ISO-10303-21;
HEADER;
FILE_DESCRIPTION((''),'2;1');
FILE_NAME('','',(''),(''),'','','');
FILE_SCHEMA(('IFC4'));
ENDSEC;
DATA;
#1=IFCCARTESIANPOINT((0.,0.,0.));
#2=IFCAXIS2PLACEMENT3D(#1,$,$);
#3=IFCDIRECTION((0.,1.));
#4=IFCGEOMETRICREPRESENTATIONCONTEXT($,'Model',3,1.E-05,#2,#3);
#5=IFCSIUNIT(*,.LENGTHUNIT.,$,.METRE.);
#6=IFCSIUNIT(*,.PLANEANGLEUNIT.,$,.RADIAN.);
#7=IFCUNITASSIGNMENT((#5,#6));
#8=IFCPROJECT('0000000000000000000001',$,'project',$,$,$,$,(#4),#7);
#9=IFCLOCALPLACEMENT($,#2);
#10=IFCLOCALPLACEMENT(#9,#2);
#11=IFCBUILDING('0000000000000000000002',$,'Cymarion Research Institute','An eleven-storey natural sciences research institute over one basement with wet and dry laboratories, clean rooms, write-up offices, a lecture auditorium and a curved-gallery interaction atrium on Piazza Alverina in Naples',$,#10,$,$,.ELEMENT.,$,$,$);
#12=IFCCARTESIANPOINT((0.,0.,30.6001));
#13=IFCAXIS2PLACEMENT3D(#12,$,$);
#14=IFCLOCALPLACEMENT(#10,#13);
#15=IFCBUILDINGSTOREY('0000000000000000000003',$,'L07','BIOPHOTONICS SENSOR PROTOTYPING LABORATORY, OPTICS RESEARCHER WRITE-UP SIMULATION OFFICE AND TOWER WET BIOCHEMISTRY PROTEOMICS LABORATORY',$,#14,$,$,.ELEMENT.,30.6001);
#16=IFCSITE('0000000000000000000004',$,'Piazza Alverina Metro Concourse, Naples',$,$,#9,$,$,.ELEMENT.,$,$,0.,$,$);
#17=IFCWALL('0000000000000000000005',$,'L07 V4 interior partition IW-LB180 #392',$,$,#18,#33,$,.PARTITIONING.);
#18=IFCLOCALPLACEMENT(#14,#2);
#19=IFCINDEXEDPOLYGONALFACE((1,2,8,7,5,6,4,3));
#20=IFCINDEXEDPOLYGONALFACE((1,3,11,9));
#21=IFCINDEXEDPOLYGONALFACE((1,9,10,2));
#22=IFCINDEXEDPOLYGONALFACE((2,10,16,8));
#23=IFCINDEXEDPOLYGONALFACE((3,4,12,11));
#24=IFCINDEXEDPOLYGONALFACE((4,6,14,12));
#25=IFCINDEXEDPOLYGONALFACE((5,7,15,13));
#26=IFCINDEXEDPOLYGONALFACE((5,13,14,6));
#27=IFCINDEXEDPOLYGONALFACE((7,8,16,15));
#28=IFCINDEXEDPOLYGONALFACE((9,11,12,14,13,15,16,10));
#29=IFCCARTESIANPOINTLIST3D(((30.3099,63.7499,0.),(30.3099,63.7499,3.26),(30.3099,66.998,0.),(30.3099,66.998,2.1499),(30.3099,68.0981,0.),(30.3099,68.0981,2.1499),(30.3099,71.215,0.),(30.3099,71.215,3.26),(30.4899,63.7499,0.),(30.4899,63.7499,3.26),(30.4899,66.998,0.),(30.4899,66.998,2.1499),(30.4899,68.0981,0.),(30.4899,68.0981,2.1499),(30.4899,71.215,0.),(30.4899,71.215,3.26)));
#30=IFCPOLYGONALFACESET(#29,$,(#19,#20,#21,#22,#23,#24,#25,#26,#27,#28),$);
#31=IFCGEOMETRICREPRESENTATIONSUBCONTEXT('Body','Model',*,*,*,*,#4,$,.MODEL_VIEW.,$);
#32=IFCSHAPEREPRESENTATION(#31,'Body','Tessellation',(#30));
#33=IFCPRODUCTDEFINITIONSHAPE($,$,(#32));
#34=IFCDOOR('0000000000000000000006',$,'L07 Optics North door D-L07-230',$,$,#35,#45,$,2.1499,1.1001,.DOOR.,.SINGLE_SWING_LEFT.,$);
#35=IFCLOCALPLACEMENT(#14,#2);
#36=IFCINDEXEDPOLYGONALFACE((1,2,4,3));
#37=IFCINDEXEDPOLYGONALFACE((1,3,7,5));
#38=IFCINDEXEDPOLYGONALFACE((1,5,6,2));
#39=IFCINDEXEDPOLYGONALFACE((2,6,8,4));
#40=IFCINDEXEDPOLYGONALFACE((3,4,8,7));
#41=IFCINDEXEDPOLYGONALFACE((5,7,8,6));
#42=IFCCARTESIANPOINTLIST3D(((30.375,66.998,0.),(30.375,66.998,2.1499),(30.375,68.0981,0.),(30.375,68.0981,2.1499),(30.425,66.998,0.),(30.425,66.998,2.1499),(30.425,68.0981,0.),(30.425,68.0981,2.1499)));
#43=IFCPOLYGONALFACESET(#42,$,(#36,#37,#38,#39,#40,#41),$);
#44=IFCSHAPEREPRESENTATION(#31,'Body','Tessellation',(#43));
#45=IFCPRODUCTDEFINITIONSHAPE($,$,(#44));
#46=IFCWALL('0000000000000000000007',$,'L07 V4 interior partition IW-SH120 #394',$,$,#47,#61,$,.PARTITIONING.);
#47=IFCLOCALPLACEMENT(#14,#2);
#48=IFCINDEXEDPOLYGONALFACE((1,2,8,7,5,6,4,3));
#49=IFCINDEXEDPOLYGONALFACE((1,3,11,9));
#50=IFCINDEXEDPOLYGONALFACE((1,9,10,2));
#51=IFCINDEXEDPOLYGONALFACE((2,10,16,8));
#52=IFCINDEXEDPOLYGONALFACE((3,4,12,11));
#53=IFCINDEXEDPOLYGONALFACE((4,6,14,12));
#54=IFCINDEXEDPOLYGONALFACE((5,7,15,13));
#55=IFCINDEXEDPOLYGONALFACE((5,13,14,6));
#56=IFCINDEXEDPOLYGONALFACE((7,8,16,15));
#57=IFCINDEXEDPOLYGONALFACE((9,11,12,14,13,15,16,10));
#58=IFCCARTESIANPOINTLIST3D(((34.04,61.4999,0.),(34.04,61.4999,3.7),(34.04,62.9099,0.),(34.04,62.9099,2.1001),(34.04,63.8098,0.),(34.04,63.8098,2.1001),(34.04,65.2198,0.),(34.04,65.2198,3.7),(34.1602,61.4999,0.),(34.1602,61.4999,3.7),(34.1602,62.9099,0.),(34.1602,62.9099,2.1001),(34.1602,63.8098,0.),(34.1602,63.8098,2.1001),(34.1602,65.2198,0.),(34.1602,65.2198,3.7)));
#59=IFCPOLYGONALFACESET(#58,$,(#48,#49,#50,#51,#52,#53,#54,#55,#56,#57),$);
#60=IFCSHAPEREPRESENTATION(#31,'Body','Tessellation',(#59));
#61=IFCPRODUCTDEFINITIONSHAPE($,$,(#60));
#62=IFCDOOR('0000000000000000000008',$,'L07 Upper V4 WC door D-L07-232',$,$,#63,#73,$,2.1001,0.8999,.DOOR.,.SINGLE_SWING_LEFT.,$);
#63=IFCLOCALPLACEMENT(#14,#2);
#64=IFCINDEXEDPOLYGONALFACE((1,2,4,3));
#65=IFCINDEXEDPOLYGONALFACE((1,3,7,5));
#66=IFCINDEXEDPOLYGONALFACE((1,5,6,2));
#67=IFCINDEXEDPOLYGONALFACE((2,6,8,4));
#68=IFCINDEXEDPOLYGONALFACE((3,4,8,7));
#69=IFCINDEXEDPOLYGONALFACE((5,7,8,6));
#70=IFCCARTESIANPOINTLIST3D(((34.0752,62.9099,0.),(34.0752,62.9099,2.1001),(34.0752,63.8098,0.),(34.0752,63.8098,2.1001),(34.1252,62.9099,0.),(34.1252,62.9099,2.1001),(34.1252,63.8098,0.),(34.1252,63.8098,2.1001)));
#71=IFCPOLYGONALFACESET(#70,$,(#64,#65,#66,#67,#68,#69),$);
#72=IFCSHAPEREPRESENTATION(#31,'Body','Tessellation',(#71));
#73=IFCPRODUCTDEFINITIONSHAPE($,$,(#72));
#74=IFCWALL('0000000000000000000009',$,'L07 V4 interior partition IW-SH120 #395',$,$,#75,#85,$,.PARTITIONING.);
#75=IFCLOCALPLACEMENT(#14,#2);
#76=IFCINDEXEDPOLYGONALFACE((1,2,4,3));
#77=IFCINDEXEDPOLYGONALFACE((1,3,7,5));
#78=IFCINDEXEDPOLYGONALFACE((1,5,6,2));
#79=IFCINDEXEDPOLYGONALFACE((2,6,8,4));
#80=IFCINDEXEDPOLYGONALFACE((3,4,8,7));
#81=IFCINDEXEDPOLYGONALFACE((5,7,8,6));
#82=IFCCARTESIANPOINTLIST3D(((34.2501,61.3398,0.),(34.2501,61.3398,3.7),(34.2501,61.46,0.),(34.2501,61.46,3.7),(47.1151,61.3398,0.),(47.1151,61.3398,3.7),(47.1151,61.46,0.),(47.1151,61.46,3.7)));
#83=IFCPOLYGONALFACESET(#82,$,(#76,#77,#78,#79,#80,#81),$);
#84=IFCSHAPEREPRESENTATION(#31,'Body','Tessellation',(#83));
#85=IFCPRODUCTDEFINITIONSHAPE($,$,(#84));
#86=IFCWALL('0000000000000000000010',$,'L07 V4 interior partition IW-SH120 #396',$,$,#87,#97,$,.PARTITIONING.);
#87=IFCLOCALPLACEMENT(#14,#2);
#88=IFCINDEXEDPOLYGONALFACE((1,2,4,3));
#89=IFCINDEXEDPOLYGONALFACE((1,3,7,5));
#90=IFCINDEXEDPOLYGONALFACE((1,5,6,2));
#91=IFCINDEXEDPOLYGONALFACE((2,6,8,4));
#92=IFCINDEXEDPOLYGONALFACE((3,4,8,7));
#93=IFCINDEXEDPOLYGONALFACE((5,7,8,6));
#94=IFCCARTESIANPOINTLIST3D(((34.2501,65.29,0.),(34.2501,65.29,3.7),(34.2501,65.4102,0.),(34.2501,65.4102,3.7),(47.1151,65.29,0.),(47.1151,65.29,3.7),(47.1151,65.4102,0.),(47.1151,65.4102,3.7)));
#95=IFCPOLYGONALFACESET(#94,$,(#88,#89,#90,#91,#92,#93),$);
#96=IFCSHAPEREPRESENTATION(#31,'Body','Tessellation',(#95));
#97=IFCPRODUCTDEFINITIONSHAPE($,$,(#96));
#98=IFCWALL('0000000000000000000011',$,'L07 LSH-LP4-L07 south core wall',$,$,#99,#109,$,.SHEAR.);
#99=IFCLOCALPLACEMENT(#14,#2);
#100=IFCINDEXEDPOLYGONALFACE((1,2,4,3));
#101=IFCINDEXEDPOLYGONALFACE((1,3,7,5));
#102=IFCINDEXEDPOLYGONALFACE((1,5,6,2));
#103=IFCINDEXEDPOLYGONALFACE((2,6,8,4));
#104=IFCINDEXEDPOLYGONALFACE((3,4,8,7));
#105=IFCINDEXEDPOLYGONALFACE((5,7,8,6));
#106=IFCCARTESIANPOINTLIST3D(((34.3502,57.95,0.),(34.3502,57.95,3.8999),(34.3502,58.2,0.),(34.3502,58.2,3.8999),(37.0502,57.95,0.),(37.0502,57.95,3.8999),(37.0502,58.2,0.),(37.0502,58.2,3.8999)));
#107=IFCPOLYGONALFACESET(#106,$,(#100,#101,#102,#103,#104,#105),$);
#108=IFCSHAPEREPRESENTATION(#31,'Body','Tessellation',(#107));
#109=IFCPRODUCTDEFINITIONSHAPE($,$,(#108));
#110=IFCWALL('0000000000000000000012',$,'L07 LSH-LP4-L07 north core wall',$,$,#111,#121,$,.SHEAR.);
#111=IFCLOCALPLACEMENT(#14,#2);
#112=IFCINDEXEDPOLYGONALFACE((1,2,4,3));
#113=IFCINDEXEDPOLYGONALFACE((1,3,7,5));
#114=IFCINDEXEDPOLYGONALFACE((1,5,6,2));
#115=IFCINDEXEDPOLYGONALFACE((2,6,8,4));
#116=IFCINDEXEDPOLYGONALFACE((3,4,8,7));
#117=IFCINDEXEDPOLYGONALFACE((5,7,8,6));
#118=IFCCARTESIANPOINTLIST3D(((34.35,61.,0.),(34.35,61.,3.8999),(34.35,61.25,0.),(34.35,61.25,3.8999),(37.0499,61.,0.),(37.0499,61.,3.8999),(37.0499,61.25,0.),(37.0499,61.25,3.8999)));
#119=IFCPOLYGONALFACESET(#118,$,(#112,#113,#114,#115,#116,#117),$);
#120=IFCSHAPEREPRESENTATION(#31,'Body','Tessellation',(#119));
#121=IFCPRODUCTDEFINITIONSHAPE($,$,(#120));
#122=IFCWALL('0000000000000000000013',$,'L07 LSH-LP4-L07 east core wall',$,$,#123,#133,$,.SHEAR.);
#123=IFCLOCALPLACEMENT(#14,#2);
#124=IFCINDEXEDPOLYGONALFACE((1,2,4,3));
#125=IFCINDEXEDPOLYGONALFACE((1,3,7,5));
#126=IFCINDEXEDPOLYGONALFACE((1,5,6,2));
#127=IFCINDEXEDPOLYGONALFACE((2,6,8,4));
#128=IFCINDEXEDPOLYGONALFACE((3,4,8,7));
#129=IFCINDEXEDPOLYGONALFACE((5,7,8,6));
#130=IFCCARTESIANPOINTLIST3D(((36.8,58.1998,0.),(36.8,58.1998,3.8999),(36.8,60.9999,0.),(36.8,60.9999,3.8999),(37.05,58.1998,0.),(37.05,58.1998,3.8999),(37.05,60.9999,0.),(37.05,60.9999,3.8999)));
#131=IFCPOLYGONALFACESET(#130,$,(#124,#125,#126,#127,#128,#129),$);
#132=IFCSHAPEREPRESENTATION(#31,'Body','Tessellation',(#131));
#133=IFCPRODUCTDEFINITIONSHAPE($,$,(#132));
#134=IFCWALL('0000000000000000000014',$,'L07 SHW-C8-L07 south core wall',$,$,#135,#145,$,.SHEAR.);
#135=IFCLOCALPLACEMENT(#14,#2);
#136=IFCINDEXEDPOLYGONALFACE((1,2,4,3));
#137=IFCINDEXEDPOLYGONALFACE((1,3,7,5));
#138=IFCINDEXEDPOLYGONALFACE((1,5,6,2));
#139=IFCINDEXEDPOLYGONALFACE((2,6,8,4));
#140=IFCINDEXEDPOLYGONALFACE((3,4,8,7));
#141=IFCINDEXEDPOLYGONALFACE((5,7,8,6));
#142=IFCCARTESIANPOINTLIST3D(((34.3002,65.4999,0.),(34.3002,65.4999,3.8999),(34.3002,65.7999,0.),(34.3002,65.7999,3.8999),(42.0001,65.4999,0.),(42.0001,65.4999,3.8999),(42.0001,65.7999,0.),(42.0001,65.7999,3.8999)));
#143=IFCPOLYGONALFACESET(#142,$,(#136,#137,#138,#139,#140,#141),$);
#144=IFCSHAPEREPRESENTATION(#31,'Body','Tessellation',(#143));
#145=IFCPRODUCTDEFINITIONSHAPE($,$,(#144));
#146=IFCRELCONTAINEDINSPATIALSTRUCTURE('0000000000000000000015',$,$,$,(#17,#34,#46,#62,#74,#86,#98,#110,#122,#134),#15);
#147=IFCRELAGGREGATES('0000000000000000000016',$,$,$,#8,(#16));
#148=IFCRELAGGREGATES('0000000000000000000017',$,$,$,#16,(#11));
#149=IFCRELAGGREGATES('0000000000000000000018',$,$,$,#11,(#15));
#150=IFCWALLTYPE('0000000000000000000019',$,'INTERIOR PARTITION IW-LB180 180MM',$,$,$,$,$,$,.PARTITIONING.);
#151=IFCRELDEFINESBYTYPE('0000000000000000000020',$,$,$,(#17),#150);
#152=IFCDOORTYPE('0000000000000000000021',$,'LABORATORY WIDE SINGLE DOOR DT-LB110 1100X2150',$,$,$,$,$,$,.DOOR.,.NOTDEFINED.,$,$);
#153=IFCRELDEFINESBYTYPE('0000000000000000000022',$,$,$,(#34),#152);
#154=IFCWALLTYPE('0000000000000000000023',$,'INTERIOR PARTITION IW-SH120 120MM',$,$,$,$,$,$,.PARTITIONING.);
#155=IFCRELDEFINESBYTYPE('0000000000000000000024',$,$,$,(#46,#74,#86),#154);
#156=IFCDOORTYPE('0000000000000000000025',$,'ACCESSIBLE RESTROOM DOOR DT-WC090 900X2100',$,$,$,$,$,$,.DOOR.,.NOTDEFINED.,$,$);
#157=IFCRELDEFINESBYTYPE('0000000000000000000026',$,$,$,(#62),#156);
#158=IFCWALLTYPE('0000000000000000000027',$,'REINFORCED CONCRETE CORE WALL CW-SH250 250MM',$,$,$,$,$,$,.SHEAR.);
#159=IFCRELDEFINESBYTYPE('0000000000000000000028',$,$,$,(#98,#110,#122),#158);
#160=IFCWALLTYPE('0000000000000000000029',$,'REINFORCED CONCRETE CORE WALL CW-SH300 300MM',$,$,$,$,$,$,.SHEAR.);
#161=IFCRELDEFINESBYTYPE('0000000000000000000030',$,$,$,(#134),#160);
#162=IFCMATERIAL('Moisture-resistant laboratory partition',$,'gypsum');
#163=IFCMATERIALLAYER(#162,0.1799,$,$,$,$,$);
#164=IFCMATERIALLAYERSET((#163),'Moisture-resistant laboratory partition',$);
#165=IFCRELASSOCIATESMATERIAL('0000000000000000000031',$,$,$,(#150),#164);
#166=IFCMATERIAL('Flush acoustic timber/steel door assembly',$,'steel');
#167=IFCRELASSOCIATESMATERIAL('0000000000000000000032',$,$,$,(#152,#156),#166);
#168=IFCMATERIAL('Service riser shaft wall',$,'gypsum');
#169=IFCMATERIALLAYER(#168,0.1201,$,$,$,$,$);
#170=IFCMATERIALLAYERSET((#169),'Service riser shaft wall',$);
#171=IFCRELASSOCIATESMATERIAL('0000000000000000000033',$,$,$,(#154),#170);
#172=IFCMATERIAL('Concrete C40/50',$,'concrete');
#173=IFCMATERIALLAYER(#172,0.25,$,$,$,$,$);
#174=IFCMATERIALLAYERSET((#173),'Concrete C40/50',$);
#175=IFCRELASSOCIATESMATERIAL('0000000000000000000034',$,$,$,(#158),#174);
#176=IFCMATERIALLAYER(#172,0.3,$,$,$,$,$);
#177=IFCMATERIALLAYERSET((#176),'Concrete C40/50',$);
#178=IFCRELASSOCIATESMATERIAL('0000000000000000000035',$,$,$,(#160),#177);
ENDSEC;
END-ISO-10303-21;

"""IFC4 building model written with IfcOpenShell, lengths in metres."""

from ifc_helpers import new_model, si_unit, direction, frame, frame_2d, origin, place, context, subcontext, project, spatial, rectangle, extrude, material, layer, layer_set, type_object, element, fill, save


model = new_model("IFC4")

# Units and contexts
model_context = context("Model", 3, precision=1e-05, world=origin(), true_north=direction((0.0, 1.0)))
body_context = subcontext(model_context, "Body", "Model", "MODEL_VIEW")
ifc_project = project(units=[si_unit("LENGTHUNIT", "METRE"), si_unit("PLANEANGLEUNIT", "RADIAN")], contexts=[model_context])

# Site, building, storey
site_placement = place(None, origin())
site = spatial("IfcSite", under=ifc_project, at=site_placement, Name="Piazza Alverina Metro Concourse, Naples", CompositionType="ELEMENT", RefElevation=0.0)
building_placement = place(site_placement, origin())
building = spatial("IfcBuilding", under=site, at=building_placement, Name="Cymarion Research Institute", Description="An eleven-storey natural sciences research institute over one basement with wet and dry laboratories, clean rooms, write-up offices, a lecture auditorium and a curved-gallery interaction atrium on Piazza Alverina in Naples", CompositionType="ELEMENT")
storey_placement = place(building_placement, frame((0.0, 0.0, 30.6001)))
storey = spatial("IfcBuildingStorey", under=building, at=storey_placement, Name="L07", Description="BIOPHOTONICS SENSOR PROTOTYPING LABORATORY, OPTICS RESEARCHER WRITE-UP SIMULATION OFFICE AND TOWER WET BIOCHEMISTRY PROTEOMICS LABORATORY", CompositionType="ELEMENT", Elevation=30.6001)

# Shared definitions
ifc_material_1 = material(Name="Concrete C40/50", Category="concrete")

# Shared definitions
ifc_material_2 = material(Name="Moisture-resistant laboratory partition", Category="gypsum")
ifc_layer_1 = layer(ifc_material_2, 0.1799)
ifc_layer_set_1 = layer_set([ifc_layer_1], Name="Moisture-resistant laboratory partition")
wall_type_1 = type_object("IfcWallType", Name="INTERIOR PARTITION IW-LB180 180MM", PredefinedType="PARTITIONING", material=ifc_layer_set_1)

# Walls, openings, doors
ifc_material_3 = material(Name="Flush acoustic timber/steel door assembly", Category="steel")
door_type_1 = type_object("IfcDoorType", Name="LABORATORY WIDE SINGLE DOOR DT-LB110 1100X2150", OperationType="NOTDEFINED", PredefinedType="DOOR", material=ifc_material_3)
wall_1_placement = place(storey_placement, frame((30.3999, 63.75, 0.0), z_axis=(0.0, 0.0, 1.0), x_axis=(0.0, 1.0, 0.0)))
wall_1 = element("IfcWall", 1, at=wall_1_placement, inside=storey, type_object=wall_type_1, Name="L07 V4 interior partition IW-LB180 #392", PredefinedType="PARTITIONING", context=body_context, shape_type="SweptSolid", body=[
    extrude(rectangle(XDim=7.4651, YDim=0.1799, at=frame_2d((3.7324, 0.0))), origin(), (0.0, 0.0, 1.0), 3.26),
])
opening_1_placement = place(wall_1_placement, frame((3.248, 0.0, 0.0)))
opening_1 = element("IfcOpeningElement", 2, at=opening_1_placement, cuts=wall_1, PredefinedType="OPENING", context=body_context, shape_type="SweptSolid", body=[
    extrude(rectangle(XDim=1.1001, YDim=2.1499, at=frame_2d((0.55, 1.075))), frame((0.0, 0.0999, 0.0), z_axis=(0.0, -1.0, 0.0), x_axis=(1.0, 0.0, 0.0)), (0.0, 0.0, 1.0), 0.2),
])
door_1_placement = place(opening_1_placement, origin())
door_1 = element("IfcDoor", 3, at=door_1_placement, inside=storey, type_object=door_type_1, Name="L07 Optics North door D-L07-230", OperationType="SINGLE_SWING_LEFT", OverallHeight=2.1499, OverallWidth=1.1001, PredefinedType="DOOR", context=body_context, shape_type="SweptSolid", body=[
    extrude(rectangle(XDim=1.1001, YDim=2.1499, at=frame_2d((0.55, 1.075))), frame((0.0, 0.0249, 0.0), z_axis=(0.0, -1.0, 0.0), x_axis=(1.0, 0.0, 0.0)), (0.0, 0.0, 1.0), 0.05),
])
fill(opening_1, door_1)
ifc_material_4 = material(Name="Service riser shaft wall", Category="gypsum")
ifc_layer_2 = layer(ifc_material_4, 0.1201)
ifc_layer_set_2 = layer_set([ifc_layer_2], Name="Service riser shaft wall")
wall_type_2 = type_object("IfcWallType", Name="INTERIOR PARTITION IW-SH120 120MM", PredefinedType="PARTITIONING", material=ifc_layer_set_2)
wall_2_placement = place(storey_placement, frame((34.1001, 61.5, 0.0), z_axis=(0.0, 0.0, 1.0), x_axis=(0.0, 1.0, 0.0)))
wall_2 = element("IfcWall", 4, at=wall_2_placement, inside=storey, type_object=wall_type_2, Name="L07 V4 interior partition IW-SH120 #394", PredefinedType="PARTITIONING", context=body_context, shape_type="SweptSolid", body=[
    extrude(rectangle(XDim=3.72, YDim=0.1201, at=frame_2d((1.8599, 0.0))), origin(), (0.0, 0.0, 1.0), 3.7),
])
opening_2_placement = place(wall_2_placement, frame((1.4099, 0.0, 0.0)))
opening_2 = element("IfcOpeningElement", 5, at=opening_2_placement, cuts=wall_2, PredefinedType="OPENING", context=body_context, shape_type="SweptSolid", body=[
    extrude(rectangle(XDim=0.8999, YDim=2.1001, at=frame_2d((0.45, 1.05))), frame((0.0, 0.0701, 0.0), z_axis=(0.0, -1.0, 0.0), x_axis=(1.0, 0.0, 0.0)), (0.0, 0.0, 1.0), 0.1401),
])
door_type_2 = type_object("IfcDoorType", Name="ACCESSIBLE RESTROOM DOOR DT-WC090 900X2100", OperationType="NOTDEFINED", PredefinedType="DOOR", material=ifc_material_3)
door_2_placement = place(opening_2_placement, origin())
door_2 = element("IfcDoor", 6, at=door_2_placement, inside=storey, type_object=door_type_2, Name="L07 Upper V4 WC door D-L07-232", OperationType="SINGLE_SWING_LEFT", OverallHeight=2.1001, OverallWidth=0.8999, PredefinedType="DOOR", context=body_context, shape_type="SweptSolid", body=[
    extrude(rectangle(XDim=0.8999, YDim=2.1001, at=frame_2d((0.45, 1.05))), frame((0.0, 0.0249, 0.0), z_axis=(0.0, -1.0, 0.0), x_axis=(1.0, 0.0, 0.0)), (0.0, 0.0, 1.0), 0.05),
])
fill(opening_2, door_2)

# Walls
for number, where, z_axis, x_axis, name in (
    (7, (34.25, 61.3999, 0.0), (0.0, 0.0, 1.0), (1.0, 0.0, 0.0), "L07 V4 interior partition IW-SH120 #395"),
    (8, (34.25, 65.3501, 0.0), (0.0, 0.0, 1.0), (1.0, 0.0, 0.0), "L07 V4 interior partition IW-SH120 #396"),
):
    element("IfcWall", number, at=place(storey_placement, frame(where, z_axis=z_axis, x_axis=x_axis)), inside=storey, type_object=wall_type_2, Name=name, PredefinedType="PARTITIONING", context=body_context, shape_type="SweptSolid", body=[
        extrude(rectangle(XDim=12.865, YDim=0.1201, at=frame_2d((6.4326, 0.0))), origin(), (0.0, 0.0, 1.0), 3.7),
    ])
ifc_layer_3 = layer(ifc_material_1, 0.25)
ifc_layer_set_3 = layer_set([ifc_layer_3], Name="Concrete C40/50")
wall_type_3 = type_object("IfcWallType", Name="REINFORCED CONCRETE CORE WALL CW-SH250 250MM", PredefinedType="SHEAR", material=ifc_layer_set_3)
for number, where, z_axis, x_axis, name in (
    (9, (34.3501, 58.075, 0.0), (0.0, 0.0, 1.0), (1.0, 0.0, 0.0), "L07 LSH-LP4-L07 south core wall"),
    (10, (37.05, 61.125, 0.0), (0.0, 0.0, 1.0), (-1.0, 0.0, 0.0), "L07 LSH-LP4-L07 north core wall"),
):
    element("IfcWall", number, at=place(storey_placement, frame(where, z_axis=z_axis, x_axis=x_axis)), inside=storey, type_object=wall_type_3, Name=name, PredefinedType="SHEAR", context=body_context, shape_type="SweptSolid", body=[
        extrude(rectangle(XDim=2.7, YDim=0.25, at=frame_2d((1.3501, 0.0))), origin(), (0.0, 0.0, 1.0), 3.8999),
    ])

# Walls
wall_3_placement = place(storey_placement, frame((36.925, 58.2, 0.0), z_axis=(0.0, 0.0, 1.0), x_axis=(0.0, 1.0, 0.0)))
element("IfcWall", 11, at=wall_3_placement, inside=storey, type_object=wall_type_3, Name="L07 LSH-LP4-L07 east core wall", PredefinedType="SHEAR", context=body_context, shape_type="SweptSolid", body=[
    extrude(rectangle(XDim=2.8, YDim=0.25, at=frame_2d((1.3999, 0.0))), origin(), (0.0, 0.0, 1.0), 3.8999),
])
ifc_layer_4 = layer(ifc_material_1, 0.3)
ifc_layer_set_4 = layer_set([ifc_layer_4], Name="Concrete C40/50")
wall_type_4 = type_object("IfcWallType", Name="REINFORCED CONCRETE CORE WALL CW-SH300 300MM", PredefinedType="SHEAR", material=ifc_layer_set_4)
wall_4_placement = place(storey_placement, frame((34.3, 65.6499, 0.0), z_axis=(0.0, 0.0, 1.0), x_axis=(1.0, 0.0, 0.0)))
element("IfcWall", 12, at=wall_4_placement, inside=storey, type_object=wall_type_4, Name="L07 SHW-C8-L07 south core wall", PredefinedType="SHEAR", context=body_context, shape_type="SweptSolid", body=[
    extrude(rectangle(XDim=7.7, YDim=0.3, at=frame_2d((3.8501, 0.0))), origin(), (0.0, 0.0, 1.0), 3.8999),
])

save(model, "model.ifc")
